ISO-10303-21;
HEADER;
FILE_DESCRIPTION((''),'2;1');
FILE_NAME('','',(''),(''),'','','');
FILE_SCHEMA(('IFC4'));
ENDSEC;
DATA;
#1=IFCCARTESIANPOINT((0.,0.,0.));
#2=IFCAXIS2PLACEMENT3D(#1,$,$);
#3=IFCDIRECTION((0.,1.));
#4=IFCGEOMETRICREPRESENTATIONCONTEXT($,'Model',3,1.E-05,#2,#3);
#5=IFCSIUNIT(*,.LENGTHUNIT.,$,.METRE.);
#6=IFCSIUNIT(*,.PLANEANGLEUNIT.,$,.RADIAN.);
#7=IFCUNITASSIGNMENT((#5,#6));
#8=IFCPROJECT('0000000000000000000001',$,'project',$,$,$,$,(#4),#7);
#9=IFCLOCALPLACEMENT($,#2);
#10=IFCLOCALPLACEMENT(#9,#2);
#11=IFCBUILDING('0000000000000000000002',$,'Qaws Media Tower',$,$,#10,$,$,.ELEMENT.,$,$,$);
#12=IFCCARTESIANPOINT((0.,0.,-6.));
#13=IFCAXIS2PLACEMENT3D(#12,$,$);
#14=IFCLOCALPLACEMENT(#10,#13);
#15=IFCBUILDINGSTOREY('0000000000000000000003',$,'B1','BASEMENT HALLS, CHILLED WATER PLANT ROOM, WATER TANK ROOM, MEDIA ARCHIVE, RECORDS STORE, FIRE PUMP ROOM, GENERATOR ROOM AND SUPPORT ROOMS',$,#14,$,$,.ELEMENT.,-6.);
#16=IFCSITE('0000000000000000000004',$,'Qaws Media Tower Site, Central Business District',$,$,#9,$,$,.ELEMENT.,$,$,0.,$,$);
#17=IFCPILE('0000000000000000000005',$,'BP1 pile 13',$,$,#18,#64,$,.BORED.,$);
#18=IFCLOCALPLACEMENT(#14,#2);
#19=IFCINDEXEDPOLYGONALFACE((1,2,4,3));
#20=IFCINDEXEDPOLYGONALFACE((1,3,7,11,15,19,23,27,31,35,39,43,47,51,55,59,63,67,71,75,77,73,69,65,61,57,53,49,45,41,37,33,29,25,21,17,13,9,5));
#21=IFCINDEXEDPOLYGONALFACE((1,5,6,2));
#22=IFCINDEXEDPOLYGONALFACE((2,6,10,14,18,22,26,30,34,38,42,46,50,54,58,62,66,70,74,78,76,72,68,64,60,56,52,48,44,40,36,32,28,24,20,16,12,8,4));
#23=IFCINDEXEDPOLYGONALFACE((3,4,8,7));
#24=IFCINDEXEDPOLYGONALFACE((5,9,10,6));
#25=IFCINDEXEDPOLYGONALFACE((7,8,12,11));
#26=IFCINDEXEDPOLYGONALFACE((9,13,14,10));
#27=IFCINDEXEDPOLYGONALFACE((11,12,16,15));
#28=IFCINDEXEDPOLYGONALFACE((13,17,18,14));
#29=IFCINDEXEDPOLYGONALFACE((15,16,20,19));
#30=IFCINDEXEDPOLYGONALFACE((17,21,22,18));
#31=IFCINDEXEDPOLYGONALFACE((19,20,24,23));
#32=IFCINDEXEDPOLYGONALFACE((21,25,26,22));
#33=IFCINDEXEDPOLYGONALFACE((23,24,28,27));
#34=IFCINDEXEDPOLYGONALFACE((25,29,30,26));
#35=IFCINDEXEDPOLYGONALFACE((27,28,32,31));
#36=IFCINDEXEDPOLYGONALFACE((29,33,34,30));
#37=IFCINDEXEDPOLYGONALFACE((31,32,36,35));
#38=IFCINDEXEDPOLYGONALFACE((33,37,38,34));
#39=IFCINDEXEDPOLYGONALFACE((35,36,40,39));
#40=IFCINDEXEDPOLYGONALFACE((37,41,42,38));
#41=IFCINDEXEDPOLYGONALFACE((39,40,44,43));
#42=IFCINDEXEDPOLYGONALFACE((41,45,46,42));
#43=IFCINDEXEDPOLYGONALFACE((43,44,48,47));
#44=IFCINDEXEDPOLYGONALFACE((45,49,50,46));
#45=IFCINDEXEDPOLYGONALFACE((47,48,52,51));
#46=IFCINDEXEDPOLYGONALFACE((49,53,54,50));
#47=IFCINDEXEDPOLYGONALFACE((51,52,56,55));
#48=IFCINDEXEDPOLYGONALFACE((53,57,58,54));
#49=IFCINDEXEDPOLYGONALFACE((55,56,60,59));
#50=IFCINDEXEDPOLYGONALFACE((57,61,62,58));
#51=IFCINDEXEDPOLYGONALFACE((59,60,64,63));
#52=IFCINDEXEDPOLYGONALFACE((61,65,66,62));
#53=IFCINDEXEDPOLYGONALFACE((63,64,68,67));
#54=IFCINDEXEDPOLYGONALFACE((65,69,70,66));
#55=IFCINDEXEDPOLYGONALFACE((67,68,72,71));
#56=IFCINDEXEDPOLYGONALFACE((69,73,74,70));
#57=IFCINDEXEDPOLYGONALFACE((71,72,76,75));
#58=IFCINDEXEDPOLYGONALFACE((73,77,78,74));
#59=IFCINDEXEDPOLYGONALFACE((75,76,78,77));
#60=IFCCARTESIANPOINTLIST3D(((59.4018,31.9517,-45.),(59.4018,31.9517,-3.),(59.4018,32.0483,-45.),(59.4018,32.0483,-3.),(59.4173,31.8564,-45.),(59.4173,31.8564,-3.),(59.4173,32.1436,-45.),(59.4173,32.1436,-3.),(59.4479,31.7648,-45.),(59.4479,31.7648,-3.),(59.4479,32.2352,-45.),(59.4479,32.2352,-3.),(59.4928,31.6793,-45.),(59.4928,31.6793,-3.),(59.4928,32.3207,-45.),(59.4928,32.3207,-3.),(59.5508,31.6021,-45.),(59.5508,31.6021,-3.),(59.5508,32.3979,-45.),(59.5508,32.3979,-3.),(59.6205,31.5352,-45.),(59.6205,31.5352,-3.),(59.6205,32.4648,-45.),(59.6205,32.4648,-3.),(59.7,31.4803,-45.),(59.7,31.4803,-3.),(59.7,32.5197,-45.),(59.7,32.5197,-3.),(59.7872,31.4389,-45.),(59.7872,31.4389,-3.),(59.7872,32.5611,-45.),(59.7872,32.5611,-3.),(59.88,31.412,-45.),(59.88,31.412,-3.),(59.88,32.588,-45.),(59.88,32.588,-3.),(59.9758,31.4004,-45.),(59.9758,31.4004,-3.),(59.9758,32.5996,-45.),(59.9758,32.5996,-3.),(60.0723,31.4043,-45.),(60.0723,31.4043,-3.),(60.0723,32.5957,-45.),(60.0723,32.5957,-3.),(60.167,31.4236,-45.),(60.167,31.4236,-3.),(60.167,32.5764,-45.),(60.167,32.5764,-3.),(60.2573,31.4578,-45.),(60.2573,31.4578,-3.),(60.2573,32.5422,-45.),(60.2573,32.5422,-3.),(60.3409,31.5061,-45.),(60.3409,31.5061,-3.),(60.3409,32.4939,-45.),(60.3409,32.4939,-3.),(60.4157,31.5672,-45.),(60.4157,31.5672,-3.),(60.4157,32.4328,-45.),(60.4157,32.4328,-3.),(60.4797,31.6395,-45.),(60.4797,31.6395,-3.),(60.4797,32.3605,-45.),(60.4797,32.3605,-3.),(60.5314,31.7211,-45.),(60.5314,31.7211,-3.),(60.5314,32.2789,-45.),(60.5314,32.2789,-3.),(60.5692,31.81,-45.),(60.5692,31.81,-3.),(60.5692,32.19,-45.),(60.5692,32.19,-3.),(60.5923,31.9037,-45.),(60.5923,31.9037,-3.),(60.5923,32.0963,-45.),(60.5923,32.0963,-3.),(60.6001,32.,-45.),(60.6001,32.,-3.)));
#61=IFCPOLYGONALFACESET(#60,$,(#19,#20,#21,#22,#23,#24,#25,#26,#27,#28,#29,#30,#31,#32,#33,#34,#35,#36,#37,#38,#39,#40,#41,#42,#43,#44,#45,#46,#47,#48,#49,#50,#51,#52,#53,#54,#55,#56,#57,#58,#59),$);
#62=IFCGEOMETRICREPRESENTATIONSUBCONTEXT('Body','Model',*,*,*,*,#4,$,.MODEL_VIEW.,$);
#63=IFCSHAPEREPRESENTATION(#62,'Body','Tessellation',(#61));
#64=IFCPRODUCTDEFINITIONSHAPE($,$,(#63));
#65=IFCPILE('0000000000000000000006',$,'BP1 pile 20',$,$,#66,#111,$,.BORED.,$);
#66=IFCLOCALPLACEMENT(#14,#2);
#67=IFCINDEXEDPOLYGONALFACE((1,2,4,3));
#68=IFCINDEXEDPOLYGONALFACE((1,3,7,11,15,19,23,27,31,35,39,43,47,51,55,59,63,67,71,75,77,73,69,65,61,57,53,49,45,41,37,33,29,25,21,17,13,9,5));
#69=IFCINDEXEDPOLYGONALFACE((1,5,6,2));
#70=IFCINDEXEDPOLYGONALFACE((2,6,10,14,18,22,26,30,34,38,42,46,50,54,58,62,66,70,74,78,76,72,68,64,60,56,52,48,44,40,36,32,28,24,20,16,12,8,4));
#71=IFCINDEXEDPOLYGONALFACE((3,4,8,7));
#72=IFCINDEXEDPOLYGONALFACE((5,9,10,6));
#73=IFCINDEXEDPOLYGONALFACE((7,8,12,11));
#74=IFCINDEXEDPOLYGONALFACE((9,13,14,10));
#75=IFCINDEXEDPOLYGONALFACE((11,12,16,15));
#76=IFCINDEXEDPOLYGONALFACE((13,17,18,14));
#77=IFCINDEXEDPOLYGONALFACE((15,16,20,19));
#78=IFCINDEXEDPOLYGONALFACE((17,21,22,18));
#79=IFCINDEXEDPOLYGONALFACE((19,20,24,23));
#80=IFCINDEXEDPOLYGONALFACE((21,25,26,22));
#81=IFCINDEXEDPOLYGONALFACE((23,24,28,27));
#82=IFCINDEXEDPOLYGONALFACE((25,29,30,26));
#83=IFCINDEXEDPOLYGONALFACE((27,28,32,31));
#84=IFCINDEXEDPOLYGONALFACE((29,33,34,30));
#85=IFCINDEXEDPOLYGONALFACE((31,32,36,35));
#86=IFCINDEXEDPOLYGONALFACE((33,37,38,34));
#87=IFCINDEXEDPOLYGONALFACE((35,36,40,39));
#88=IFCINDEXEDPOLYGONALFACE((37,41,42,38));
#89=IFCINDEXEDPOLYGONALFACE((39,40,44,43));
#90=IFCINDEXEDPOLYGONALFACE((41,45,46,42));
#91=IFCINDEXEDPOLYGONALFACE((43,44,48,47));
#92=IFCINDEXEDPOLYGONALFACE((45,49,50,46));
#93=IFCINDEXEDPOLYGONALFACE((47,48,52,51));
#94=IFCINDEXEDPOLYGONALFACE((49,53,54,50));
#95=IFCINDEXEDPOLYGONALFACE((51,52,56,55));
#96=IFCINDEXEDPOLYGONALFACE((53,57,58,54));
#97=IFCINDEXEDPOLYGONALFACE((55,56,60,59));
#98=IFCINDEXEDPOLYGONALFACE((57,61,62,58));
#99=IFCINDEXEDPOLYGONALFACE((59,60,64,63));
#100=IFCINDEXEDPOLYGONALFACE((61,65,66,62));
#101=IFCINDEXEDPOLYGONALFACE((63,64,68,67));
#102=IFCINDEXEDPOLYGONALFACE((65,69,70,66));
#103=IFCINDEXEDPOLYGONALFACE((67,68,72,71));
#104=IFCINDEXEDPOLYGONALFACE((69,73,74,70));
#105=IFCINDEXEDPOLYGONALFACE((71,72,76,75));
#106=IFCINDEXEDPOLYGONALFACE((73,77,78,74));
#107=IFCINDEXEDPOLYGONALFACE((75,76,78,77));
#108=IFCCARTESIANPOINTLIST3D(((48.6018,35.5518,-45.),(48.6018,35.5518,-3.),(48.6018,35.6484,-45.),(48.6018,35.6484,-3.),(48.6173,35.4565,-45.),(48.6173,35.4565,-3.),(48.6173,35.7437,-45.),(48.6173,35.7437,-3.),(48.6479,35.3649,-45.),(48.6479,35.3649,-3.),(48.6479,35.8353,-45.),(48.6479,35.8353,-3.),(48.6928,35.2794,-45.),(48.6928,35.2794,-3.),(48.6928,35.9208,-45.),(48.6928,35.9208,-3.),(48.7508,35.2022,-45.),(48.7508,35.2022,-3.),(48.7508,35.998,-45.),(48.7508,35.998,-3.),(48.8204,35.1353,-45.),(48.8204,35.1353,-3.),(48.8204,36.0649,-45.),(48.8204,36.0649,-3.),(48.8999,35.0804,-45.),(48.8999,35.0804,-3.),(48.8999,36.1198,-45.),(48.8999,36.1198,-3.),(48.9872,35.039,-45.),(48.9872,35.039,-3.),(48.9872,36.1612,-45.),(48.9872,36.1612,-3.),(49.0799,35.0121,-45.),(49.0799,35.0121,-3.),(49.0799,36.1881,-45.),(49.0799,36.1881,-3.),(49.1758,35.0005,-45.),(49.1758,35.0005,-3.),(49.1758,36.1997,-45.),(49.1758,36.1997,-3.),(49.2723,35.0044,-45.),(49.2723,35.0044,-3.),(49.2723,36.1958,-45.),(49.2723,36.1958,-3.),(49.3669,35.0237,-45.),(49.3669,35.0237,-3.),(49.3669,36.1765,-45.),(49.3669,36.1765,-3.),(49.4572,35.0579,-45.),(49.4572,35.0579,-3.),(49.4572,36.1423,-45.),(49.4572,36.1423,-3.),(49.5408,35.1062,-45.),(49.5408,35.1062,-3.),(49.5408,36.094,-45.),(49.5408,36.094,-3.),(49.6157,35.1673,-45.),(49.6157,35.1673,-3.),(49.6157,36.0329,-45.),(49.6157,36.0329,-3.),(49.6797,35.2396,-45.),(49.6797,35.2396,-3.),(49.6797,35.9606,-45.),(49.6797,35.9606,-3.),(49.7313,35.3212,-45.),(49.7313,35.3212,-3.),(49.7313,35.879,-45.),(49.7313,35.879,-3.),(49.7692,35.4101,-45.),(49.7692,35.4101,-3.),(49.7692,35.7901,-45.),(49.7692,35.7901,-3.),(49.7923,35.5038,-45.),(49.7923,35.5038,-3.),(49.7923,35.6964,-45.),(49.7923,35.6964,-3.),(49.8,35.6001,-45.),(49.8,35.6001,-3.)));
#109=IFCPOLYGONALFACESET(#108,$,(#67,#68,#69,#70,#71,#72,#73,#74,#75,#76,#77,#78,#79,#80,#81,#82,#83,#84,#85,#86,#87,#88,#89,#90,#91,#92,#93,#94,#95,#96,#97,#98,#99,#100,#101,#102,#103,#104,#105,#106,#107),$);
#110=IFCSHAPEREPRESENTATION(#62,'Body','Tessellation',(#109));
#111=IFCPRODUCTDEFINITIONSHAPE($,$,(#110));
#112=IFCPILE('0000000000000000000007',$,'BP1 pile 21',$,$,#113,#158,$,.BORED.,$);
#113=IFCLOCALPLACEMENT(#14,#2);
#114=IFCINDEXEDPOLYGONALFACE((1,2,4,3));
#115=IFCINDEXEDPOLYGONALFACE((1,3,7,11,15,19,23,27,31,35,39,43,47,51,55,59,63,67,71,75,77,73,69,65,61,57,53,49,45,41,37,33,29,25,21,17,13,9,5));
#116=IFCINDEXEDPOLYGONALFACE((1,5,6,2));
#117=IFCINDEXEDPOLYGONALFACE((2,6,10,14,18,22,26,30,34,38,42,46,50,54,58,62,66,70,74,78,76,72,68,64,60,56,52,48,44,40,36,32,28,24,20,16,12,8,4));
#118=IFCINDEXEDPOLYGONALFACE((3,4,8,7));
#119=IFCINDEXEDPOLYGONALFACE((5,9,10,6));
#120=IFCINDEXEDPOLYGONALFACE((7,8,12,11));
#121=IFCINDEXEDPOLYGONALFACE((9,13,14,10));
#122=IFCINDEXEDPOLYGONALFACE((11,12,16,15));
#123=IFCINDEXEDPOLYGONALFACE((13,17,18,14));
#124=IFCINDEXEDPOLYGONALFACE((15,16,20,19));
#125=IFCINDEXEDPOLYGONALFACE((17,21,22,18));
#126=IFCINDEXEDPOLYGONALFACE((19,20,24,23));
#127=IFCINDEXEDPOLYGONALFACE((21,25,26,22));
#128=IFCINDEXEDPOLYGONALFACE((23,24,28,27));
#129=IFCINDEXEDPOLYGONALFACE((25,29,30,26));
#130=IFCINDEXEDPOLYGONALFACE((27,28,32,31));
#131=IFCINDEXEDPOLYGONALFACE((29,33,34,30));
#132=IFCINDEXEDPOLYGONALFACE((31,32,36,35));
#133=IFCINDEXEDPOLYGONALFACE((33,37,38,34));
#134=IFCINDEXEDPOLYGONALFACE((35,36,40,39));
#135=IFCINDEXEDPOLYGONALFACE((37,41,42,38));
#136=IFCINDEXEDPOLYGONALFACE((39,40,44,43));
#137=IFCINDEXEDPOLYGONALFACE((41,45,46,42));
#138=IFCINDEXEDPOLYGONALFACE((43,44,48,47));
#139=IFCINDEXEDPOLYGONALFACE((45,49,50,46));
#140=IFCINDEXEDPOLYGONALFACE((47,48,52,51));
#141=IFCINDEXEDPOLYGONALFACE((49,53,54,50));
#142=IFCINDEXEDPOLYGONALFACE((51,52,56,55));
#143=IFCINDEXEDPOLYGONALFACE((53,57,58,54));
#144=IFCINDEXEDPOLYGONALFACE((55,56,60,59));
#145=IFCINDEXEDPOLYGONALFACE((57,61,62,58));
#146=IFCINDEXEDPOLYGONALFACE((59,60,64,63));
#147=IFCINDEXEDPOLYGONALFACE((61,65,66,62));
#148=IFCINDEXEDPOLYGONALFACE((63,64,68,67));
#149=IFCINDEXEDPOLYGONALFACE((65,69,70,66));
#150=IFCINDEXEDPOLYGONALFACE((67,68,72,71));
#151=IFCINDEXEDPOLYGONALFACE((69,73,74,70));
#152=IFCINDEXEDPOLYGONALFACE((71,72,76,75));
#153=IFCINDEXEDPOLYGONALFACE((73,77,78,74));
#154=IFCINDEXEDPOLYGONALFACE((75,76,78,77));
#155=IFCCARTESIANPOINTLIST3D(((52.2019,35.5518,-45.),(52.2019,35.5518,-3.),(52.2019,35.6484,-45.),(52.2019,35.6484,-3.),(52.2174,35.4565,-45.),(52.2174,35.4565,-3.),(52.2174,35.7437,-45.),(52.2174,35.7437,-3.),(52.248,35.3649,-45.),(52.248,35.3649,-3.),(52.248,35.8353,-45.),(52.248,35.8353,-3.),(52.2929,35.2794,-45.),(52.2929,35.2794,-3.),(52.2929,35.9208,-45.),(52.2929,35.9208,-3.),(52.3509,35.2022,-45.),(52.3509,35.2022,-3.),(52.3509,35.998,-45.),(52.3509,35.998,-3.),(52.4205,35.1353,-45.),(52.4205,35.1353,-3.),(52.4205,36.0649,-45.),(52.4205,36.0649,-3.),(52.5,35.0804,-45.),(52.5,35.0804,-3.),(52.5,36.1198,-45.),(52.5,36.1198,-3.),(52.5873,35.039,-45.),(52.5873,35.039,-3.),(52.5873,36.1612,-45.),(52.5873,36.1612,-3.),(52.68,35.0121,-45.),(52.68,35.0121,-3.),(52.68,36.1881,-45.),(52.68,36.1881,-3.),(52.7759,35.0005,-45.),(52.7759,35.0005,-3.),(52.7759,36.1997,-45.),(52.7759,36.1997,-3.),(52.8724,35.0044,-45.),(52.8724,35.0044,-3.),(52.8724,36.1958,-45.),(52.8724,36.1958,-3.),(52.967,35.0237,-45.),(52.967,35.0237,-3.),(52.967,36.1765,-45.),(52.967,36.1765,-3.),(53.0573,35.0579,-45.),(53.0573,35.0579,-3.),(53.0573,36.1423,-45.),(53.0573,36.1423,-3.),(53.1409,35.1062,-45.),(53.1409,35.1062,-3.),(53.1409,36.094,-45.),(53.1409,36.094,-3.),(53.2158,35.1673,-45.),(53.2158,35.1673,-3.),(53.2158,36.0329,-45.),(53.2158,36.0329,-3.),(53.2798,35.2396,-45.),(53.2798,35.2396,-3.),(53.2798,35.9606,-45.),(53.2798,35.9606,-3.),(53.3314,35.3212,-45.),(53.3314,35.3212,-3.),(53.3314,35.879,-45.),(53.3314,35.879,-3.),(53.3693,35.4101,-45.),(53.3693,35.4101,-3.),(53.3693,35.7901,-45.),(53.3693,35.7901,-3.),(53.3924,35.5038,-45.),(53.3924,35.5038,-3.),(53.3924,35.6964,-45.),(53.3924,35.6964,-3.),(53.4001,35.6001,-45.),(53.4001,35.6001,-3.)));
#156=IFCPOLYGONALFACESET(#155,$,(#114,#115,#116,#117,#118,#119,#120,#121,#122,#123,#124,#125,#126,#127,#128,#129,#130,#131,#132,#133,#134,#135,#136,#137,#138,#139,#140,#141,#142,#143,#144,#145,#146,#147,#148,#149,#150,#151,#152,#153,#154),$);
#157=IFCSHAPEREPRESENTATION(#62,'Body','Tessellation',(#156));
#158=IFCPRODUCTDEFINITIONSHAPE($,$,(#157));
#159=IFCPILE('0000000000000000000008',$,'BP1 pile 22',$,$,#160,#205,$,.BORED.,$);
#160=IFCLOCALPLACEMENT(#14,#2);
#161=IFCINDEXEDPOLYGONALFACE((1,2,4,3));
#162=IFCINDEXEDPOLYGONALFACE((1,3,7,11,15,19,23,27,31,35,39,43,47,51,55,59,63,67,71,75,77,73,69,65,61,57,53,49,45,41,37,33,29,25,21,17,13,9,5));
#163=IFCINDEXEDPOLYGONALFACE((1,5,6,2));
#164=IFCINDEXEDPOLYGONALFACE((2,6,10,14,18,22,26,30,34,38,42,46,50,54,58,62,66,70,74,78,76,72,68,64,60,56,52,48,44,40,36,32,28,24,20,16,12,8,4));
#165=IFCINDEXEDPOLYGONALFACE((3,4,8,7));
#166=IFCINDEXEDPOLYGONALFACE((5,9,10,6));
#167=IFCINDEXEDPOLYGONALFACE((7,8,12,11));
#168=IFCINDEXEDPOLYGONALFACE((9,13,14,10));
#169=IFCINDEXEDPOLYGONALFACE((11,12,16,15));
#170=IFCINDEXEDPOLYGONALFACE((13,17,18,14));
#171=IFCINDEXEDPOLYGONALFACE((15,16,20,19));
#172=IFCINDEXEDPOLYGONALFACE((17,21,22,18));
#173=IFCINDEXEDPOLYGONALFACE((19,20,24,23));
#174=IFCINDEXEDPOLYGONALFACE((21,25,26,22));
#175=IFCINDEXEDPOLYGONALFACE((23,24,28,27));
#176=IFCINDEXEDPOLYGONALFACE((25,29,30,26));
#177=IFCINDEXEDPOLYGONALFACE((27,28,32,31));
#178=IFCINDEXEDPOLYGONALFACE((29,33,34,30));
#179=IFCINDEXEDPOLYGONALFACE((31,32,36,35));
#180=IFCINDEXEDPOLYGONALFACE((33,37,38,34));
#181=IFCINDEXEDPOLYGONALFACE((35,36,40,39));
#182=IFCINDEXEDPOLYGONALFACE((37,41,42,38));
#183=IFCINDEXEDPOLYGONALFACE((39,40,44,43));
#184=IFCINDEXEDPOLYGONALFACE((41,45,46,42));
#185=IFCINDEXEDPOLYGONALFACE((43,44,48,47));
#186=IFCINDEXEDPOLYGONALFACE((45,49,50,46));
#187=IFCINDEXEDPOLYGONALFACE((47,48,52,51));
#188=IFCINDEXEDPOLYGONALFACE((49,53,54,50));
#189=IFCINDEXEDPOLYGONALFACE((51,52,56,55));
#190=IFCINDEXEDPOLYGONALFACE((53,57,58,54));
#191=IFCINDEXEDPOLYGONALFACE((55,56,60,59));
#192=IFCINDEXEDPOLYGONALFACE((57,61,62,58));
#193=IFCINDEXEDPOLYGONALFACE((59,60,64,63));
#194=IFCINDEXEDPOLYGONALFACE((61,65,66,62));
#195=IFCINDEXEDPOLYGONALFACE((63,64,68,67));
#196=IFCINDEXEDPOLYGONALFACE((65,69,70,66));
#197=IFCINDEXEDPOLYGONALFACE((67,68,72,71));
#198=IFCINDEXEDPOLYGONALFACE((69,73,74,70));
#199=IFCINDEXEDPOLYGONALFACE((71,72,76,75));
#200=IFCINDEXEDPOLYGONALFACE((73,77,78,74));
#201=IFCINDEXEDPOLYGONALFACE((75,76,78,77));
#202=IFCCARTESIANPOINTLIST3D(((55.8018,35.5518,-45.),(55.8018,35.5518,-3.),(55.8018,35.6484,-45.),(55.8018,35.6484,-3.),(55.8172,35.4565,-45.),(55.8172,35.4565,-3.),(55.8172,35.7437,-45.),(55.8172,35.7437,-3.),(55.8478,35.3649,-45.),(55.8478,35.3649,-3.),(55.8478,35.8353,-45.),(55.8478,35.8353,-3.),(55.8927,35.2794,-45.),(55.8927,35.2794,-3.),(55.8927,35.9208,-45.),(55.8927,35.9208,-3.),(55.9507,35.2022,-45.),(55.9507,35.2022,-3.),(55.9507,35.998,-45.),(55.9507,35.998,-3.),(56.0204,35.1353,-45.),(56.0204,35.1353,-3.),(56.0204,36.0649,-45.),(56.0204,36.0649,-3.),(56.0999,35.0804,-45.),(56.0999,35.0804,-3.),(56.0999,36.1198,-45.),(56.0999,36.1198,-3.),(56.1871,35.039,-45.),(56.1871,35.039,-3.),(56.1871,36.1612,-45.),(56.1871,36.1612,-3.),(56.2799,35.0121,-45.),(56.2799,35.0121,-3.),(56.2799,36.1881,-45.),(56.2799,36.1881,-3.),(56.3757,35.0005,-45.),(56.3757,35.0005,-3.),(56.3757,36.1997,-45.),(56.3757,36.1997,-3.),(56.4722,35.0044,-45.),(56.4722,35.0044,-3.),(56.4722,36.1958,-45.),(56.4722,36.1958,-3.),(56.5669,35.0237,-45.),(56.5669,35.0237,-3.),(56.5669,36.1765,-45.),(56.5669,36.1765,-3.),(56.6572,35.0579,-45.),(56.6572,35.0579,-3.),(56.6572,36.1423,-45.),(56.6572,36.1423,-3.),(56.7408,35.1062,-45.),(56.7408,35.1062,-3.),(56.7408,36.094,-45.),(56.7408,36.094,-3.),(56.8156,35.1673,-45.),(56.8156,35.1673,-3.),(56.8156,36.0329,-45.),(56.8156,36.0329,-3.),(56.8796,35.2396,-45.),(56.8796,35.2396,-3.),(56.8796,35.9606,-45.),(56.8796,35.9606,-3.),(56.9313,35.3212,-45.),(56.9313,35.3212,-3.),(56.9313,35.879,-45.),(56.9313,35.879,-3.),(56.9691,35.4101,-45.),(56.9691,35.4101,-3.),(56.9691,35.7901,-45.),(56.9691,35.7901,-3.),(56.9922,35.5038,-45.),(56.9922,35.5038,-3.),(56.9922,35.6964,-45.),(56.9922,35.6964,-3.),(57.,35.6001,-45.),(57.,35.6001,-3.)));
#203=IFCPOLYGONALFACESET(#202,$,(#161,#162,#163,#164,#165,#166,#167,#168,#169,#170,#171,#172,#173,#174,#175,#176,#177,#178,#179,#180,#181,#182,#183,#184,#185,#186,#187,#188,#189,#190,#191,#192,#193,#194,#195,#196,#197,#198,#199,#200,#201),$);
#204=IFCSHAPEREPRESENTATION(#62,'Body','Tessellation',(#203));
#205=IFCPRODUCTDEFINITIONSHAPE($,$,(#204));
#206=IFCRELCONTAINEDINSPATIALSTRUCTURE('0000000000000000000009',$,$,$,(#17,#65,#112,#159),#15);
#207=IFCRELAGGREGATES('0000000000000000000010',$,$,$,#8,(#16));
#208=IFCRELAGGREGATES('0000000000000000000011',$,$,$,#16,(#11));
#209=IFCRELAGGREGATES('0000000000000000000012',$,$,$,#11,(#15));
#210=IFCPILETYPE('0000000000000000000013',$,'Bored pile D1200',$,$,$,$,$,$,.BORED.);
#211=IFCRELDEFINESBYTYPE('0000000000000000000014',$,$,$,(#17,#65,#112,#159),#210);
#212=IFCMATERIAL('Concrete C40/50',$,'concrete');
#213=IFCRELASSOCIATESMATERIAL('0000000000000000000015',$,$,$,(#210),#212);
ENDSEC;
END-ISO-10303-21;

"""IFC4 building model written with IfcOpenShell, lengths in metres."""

from ifc_helpers import new_model, si_unit, direction, frame, origin, origin_2d, place, context, subcontext, project, spatial, circle, extrude, material, material_profile, profile_set, type_object, element, save


model = new_model("IFC4")

# Units and contexts
model_context = context("Model", 3, precision=1e-05, world=origin(), true_north=direction((0.0, 1.0)))
body_context = subcontext(model_context, "Body", "Model", "MODEL_VIEW")
ifc_project = project(units=[si_unit("LENGTHUNIT", "METRE"), si_unit("PLANEANGLEUNIT", "RADIAN")], contexts=[model_context])

# Site, building, storey
site_placement = place(None, origin())
site = spatial("IfcSite", under=ifc_project, at=site_placement, Name="Qaws Media Tower Site, Central Business District", CompositionType="ELEMENT", RefElevation=0.0)
building_placement = place(site_placement, origin())
building = spatial("IfcBuilding", under=site, at=building_placement, Name="Qaws Media Tower", CompositionType="ELEMENT")
storey_placement = place(building_placement, frame((0.0, 0.0, -6.0)))
storey = spatial("IfcBuildingStorey", under=building, at=storey_placement, Name="B1", Description="BASEMENT HALLS, CHILLED WATER PLANT ROOM, WATER TANK ROOM, MEDIA ARCHIVE, RECORDS STORE, FIRE PUMP ROOM, GENERATOR ROOM AND SUPPORT ROOMS", CompositionType="ELEMENT", Elevation=-6.0)

# Piles
ifc_material_1 = material(Name="Concrete C40/50", Category="concrete")
ifc_material_profile_1 = material_profile(ifc_material_1, circle(Radius=0.6001, at=origin_2d()), Name="D1200")
ifc_profile_set_1 = profile_set([ifc_material_profile_1], Name="Concrete C40/50")
pile_type_1 = type_object("IfcPileType", Name="Bored pile D1200", PredefinedType="BORED", material=ifc_profile_set_1)
for number, where, z_axis, x_axis, name in (
    (1, (60.0, 32.0, -3.0), (0.0, 0.0, -1.0), (1.0, 0.0, 0.0), "BP1 pile 13"),
    (2, (49.2, 35.6001, -3.0), (0.0, 0.0, -1.0), (1.0, 0.0, 0.0), "BP1 pile 20"),
    (3, (52.8, 35.6001, -3.0), (0.0, 0.0, -1.0), (1.0, 0.0, 0.0), "BP1 pile 21"),
    (4, (56.3999, 35.6001, -3.0), (0.0, 0.0, -1.0), (1.0, 0.0, 0.0), "BP1 pile 22"),
):
    element("IfcPile", number, at=place(storey_placement, frame(where, z_axis=z_axis, x_axis=x_axis)), inside=storey, type_object=pile_type_1, Name=name, PredefinedType="BORED", context=body_context, shape_type="SweptSolid", body=[
        extrude(circle(Radius=0.6001, at=origin_2d()), origin(), (0.0, 0.0, 1.0), 42.0),
    ])

save(model, "model.ifc")
